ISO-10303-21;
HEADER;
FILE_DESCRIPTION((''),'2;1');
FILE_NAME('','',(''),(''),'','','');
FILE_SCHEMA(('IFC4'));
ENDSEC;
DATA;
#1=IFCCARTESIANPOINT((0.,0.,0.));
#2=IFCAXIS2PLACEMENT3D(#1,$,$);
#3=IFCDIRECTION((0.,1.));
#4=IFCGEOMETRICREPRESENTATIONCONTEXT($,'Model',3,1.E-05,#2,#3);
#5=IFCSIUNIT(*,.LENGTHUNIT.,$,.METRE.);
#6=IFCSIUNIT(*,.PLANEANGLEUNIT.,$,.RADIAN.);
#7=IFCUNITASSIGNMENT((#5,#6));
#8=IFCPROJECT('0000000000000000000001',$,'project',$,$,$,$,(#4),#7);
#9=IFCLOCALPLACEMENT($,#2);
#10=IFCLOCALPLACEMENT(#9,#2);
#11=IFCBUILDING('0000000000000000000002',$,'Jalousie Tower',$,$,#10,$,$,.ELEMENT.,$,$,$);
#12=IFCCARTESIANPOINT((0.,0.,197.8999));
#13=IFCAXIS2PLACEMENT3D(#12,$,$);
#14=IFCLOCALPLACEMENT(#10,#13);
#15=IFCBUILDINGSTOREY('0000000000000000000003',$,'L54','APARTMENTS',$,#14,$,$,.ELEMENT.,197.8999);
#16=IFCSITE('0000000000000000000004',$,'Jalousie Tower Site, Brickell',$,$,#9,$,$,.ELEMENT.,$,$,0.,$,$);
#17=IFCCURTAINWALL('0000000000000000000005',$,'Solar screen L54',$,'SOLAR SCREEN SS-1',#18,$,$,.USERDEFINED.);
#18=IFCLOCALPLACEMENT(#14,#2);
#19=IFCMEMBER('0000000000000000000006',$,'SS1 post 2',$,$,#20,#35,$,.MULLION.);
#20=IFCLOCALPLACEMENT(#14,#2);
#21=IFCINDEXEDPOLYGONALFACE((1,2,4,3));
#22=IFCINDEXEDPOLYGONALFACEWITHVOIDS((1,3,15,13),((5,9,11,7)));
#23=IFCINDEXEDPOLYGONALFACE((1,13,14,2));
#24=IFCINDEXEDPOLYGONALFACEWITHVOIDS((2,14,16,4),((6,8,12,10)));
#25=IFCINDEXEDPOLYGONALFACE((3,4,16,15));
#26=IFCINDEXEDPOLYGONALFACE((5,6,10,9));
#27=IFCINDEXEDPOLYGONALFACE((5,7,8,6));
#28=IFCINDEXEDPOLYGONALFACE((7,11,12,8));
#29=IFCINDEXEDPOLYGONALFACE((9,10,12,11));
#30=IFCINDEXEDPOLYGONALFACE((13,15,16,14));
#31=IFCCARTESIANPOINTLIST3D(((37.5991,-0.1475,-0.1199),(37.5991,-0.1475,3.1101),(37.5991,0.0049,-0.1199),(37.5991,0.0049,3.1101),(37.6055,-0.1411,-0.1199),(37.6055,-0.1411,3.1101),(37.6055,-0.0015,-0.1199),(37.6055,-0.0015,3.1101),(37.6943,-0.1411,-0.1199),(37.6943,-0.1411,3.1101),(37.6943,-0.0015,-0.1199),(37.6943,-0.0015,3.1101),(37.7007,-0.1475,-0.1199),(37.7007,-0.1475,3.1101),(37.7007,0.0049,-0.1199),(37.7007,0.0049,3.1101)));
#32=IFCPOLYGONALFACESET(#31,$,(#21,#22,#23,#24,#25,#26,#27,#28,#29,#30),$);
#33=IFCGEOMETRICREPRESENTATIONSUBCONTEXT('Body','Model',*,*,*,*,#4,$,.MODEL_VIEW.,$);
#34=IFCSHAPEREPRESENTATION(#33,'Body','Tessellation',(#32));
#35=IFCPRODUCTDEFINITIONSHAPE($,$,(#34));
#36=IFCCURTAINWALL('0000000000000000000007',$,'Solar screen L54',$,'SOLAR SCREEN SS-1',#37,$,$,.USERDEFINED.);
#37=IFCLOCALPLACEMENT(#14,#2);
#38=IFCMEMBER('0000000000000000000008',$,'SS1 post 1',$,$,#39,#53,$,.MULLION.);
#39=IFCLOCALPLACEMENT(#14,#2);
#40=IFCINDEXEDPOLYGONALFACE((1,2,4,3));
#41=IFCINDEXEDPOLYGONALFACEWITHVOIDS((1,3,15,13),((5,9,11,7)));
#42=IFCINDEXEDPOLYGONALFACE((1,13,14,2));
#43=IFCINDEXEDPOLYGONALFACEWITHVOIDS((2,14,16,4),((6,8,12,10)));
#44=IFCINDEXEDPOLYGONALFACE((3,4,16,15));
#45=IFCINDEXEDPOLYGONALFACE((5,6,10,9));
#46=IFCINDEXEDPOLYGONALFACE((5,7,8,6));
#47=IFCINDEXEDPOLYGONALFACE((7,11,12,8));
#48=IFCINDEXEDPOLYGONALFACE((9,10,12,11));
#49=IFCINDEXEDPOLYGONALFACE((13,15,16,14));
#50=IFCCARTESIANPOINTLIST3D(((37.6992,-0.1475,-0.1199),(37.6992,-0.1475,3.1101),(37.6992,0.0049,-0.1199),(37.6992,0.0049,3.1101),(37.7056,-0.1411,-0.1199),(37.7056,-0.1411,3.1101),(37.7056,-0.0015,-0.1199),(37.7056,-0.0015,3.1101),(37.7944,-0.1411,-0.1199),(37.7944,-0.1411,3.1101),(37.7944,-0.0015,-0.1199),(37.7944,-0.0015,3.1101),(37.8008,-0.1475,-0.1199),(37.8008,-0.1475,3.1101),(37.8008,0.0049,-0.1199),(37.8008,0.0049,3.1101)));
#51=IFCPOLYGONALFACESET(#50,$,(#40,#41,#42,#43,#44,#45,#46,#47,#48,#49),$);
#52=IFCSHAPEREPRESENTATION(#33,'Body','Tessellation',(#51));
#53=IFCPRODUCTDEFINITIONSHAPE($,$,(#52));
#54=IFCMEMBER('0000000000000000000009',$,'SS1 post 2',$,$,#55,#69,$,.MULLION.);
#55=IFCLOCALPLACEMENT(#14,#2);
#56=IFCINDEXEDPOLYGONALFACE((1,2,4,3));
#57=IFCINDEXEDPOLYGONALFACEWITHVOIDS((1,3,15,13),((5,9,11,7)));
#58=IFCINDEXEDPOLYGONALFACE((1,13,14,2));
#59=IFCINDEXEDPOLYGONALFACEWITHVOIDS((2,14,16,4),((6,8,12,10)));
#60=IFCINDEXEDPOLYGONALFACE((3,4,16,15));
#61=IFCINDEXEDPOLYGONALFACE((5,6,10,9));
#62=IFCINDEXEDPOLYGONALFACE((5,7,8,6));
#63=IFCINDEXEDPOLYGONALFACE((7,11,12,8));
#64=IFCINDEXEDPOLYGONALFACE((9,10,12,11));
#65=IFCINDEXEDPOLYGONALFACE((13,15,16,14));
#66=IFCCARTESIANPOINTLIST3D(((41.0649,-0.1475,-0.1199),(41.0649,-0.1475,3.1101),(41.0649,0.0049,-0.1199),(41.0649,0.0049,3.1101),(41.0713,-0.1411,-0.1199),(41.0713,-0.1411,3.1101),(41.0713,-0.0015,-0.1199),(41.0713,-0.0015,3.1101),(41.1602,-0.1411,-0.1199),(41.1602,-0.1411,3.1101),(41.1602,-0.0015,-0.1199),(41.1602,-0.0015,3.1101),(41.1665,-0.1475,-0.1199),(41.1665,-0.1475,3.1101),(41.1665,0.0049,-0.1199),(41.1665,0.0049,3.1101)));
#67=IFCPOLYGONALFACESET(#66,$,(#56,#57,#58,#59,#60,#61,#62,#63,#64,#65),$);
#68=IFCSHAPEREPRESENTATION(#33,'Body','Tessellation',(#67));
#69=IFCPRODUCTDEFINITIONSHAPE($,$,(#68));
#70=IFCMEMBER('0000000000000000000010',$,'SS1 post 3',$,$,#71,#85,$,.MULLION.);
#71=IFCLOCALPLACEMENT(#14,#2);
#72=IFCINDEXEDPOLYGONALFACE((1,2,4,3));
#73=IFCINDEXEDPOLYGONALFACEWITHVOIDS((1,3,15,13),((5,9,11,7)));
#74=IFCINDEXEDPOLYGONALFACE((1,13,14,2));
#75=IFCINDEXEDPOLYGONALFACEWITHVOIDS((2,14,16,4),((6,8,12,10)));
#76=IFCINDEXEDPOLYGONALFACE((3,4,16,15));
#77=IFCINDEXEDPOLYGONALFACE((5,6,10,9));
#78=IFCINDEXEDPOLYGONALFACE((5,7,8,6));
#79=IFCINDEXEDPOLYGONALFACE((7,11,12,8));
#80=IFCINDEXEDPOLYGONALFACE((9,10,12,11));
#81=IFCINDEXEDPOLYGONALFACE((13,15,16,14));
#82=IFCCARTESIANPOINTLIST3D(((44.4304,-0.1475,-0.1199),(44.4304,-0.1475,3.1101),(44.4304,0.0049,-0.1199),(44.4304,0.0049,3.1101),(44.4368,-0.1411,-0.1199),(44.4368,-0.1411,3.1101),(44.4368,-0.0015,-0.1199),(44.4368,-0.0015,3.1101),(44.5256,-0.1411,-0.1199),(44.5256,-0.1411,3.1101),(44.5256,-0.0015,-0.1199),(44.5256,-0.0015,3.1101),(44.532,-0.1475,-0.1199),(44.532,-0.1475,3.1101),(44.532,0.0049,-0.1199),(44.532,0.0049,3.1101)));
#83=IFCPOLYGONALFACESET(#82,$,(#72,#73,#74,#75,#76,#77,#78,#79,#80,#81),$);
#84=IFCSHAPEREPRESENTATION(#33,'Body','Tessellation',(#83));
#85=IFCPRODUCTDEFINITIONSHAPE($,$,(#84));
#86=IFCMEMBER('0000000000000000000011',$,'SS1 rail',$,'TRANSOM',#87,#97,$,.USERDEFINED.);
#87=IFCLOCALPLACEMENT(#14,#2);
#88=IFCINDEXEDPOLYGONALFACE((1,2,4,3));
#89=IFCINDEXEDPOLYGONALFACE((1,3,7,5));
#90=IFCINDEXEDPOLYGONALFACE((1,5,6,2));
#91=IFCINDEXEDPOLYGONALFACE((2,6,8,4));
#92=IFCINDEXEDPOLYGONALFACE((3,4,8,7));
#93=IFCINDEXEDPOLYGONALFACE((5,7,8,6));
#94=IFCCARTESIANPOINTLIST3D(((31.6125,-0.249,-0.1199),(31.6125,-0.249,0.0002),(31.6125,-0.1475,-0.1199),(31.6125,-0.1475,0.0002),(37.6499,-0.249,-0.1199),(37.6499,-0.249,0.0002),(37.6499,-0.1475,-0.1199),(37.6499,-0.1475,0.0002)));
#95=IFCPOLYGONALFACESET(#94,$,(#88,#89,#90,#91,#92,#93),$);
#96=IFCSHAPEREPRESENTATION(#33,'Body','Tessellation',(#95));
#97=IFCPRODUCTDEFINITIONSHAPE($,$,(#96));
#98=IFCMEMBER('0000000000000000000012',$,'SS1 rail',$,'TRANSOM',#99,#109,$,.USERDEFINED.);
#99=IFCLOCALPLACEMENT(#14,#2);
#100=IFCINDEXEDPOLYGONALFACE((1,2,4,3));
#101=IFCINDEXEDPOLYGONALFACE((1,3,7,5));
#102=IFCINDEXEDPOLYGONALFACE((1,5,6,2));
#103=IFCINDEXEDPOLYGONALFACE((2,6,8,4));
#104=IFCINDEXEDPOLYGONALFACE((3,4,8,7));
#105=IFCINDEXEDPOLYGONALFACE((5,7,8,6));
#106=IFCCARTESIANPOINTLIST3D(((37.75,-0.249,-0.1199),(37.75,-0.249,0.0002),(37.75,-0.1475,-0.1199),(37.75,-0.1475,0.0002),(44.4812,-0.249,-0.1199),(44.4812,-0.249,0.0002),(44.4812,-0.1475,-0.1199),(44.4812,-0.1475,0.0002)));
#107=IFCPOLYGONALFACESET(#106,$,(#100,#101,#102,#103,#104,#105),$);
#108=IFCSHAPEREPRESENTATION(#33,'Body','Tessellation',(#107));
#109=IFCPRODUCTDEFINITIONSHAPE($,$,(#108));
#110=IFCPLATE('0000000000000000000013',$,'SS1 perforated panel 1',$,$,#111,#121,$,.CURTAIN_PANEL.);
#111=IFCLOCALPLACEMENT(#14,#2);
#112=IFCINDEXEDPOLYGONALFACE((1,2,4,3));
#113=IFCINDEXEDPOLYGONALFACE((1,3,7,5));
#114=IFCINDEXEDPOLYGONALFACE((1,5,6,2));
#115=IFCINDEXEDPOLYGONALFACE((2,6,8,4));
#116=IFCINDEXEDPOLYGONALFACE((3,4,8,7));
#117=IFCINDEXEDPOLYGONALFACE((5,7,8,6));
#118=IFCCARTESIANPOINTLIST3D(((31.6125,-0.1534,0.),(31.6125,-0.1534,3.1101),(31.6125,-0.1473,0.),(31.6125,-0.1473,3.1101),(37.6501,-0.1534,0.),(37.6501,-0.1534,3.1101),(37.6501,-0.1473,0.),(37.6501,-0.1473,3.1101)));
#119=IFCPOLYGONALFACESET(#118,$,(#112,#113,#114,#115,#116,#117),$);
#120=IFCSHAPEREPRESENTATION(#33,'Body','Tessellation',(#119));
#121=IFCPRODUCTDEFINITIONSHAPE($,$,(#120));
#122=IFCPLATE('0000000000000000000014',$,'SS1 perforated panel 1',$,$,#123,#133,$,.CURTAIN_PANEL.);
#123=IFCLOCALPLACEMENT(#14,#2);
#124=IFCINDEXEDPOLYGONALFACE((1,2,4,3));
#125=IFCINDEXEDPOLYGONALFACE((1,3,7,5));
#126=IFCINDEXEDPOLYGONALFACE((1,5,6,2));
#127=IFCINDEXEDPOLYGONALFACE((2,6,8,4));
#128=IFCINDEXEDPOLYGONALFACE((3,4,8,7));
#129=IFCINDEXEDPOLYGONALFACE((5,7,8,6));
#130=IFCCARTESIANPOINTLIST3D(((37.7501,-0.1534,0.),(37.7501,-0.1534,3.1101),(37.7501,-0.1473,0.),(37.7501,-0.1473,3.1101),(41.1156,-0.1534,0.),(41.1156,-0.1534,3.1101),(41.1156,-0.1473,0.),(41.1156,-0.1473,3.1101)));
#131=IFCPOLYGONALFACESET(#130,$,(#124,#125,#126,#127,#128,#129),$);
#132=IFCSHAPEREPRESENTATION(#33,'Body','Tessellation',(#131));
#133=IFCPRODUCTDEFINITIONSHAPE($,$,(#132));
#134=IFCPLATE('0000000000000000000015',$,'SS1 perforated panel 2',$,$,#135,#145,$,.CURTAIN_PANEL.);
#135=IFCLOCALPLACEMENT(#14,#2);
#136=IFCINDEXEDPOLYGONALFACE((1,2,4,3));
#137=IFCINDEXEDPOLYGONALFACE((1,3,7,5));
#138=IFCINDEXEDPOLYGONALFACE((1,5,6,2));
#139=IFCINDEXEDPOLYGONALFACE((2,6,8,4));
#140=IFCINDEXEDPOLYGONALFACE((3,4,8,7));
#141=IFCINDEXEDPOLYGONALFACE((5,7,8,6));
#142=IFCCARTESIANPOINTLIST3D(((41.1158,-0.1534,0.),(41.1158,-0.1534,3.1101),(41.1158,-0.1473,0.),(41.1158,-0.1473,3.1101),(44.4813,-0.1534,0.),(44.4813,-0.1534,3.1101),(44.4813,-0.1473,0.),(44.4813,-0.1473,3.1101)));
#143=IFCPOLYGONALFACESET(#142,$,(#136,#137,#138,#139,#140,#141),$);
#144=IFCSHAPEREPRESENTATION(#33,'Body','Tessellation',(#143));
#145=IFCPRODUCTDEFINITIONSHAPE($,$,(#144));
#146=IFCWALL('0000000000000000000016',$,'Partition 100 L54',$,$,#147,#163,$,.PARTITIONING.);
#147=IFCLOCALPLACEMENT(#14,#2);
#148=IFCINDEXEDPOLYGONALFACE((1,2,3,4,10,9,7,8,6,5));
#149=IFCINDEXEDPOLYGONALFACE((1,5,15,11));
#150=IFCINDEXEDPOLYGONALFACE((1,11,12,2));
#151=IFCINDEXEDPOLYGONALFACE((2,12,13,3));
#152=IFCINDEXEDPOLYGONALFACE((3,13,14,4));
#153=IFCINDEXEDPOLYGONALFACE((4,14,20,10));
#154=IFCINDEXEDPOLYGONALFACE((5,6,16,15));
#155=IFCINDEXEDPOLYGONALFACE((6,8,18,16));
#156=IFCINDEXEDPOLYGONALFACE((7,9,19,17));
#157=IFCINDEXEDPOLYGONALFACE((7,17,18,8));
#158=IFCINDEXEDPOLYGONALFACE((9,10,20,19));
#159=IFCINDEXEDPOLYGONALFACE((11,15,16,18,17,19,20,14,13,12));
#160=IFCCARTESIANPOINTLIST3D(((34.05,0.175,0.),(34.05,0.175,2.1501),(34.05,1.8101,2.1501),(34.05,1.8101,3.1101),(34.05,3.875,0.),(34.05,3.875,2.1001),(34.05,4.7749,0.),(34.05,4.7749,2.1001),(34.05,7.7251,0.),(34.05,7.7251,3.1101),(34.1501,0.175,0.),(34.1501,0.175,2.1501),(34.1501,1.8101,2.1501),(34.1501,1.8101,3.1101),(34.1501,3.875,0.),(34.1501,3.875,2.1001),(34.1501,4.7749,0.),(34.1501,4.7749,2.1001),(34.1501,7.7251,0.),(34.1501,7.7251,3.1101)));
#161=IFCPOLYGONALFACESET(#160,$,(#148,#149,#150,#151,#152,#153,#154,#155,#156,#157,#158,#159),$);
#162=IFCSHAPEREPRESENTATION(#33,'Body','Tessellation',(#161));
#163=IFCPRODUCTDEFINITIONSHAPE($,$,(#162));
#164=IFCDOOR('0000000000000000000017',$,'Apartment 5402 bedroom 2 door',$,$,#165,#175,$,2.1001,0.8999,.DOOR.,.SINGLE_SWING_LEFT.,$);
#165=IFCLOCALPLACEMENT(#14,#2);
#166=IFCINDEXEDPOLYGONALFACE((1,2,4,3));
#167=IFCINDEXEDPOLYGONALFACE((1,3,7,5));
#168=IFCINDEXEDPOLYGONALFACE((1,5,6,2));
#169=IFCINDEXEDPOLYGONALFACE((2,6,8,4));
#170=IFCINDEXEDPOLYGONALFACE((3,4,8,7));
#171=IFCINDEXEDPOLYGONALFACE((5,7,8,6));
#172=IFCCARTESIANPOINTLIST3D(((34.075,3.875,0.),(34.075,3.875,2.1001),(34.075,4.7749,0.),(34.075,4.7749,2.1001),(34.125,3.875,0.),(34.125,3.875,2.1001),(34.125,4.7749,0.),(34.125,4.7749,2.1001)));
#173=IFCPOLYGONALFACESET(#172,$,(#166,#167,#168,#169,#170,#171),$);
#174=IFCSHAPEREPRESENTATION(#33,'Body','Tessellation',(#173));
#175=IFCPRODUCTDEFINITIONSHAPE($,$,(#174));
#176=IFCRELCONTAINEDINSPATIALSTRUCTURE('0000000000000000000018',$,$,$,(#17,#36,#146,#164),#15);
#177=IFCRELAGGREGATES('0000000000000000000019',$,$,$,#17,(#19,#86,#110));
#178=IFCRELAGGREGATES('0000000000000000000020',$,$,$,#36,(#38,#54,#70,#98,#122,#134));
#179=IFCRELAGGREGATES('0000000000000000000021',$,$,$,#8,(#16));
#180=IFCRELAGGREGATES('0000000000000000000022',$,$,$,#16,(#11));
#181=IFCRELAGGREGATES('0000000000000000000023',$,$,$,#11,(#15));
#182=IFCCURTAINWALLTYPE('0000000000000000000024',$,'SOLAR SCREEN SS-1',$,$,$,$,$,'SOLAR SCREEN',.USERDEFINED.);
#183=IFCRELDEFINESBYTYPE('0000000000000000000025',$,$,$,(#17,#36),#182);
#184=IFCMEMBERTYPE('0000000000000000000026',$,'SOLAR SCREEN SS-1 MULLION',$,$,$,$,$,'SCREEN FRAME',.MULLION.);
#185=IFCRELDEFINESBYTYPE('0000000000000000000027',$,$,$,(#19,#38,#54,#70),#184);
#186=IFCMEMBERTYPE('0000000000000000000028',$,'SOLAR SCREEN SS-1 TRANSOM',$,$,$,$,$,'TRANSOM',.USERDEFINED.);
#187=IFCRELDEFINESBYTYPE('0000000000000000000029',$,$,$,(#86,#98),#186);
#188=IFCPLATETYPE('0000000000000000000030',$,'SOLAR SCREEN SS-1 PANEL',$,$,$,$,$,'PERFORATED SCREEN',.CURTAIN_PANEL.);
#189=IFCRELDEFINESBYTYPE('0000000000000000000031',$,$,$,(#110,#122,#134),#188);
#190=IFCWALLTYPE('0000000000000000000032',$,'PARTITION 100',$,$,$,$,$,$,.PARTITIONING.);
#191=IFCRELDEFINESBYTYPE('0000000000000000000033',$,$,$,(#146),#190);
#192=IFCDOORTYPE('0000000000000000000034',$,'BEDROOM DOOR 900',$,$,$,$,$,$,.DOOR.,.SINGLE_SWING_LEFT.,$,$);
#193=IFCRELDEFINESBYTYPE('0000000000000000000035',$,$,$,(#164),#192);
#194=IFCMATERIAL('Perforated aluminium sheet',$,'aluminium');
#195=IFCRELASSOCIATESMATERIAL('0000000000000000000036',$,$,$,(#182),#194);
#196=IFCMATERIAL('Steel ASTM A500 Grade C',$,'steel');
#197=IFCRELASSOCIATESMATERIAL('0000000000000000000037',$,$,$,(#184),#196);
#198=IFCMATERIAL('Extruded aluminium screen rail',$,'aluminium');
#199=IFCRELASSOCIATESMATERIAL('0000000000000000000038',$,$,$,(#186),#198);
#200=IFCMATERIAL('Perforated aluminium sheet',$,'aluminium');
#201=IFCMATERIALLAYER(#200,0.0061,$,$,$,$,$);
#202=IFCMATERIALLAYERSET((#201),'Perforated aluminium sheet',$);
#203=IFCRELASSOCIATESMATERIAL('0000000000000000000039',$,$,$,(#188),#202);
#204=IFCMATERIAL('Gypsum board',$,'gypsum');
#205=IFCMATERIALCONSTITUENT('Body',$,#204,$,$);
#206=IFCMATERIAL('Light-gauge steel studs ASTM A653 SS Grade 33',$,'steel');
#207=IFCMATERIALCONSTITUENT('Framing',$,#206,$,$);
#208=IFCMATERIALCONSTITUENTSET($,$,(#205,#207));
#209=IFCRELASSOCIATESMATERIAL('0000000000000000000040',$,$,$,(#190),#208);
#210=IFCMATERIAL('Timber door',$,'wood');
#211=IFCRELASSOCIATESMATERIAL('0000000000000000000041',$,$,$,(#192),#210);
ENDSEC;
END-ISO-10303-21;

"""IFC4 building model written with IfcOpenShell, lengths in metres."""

from ifc_helpers import new_model, si_unit, direction, frame, frame_2d, origin, origin_2d, place, context, subcontext, project, spatial, polyline, rectangle, hollow_rectangle, outline, extrude, material, layer, layer_set, constituent, constituent_set, material_profile, profile_set, type_object, element, fill, aggregate, save


model = new_model("IFC4")

# Units and contexts
model_context = context("Model", 3, precision=1e-05, world=origin(), true_north=direction((0.0, 1.0)))
body_context = subcontext(model_context, "Body", "Model", "MODEL_VIEW")
ifc_project = project(units=[si_unit("LENGTHUNIT", "METRE"), si_unit("PLANEANGLEUNIT", "RADIAN")], contexts=[model_context])

# Site, building, storey
site_placement = place(None, origin())
site = spatial("IfcSite", under=ifc_project, at=site_placement, Name="Jalousie Tower Site, Brickell", CompositionType="ELEMENT", RefElevation=0.0)
building_placement = place(site_placement, origin())
building = spatial("IfcBuilding", under=site, at=building_placement, Name="Jalousie Tower", CompositionType="ELEMENT")
storey_placement = place(building_placement, frame((0.0, 0.0, 197.8999)))
storey = spatial("IfcBuildingStorey", under=building, at=storey_placement, Name="L54", Description="APARTMENTS", CompositionType="ELEMENT", Elevation=197.8999)

# Curtain walls, members
ifc_material_1 = material(Name="Perforated aluminium sheet", Category="aluminium")
curtain_wall_type = type_object("IfcCurtainWallType", Name="SOLAR SCREEN SS-1", ElementType="SOLAR SCREEN", PredefinedType="USERDEFINED", material=ifc_material_1)
curtain_wall_1_placement = place(storey_placement, origin())
curtain_wall_1 = element("IfcCurtainWall", 1, at=curtain_wall_1_placement, inside=storey, type_object=curtain_wall_type, Name="Solar screen L54", ObjectType="SOLAR SCREEN SS-1", PredefinedType="USERDEFINED")
ifc_material_2 = material(Name="Steel ASTM A500 Grade C", Category="steel")
ifc_material_profile_1 = material_profile(ifc_material_2, hollow_rectangle(XDim=0.1016, YDim=0.1523, WallThickness=0.0063, at=origin_2d()), Name="HSS6X4X1/4")
ifc_profile_set_1 = profile_set([ifc_material_profile_1], Name="Steel ASTM A500 Grade C")
member_type_1 = type_object("IfcMemberType", Name="SOLAR SCREEN SS-1 MULLION", ElementType="SCREEN FRAME", PredefinedType="MULLION", material=ifc_profile_set_1)
member_1_placement = place(storey_placement, frame((37.6499, -0.0713, -0.1199), z_axis=(0.0, 0.0, 1.0), x_axis=(1.0, 0.0, 0.0)))
member_1 = element("IfcMember", 2, at=member_1_placement, type_object=member_type_1, Name="SS1 post 2", PredefinedType="MULLION", context=body_context, shape_type="SweptSolid", body=[
    extrude(hollow_rectangle(XDim=0.1016, YDim=0.1523, WallThickness=0.0063, at=origin_2d()), origin(), (0.0, 0.0, 1.0), 3.23),
])
curtain_wall_2_placement = place(storey_placement, origin())
curtain_wall_2 = element("IfcCurtainWall", 3, at=curtain_wall_2_placement, inside=storey, type_object=curtain_wall_type, Name="Solar screen L54", ObjectType="SOLAR SCREEN SS-1", PredefinedType="USERDEFINED")
member_2_placement = place(storey_placement, frame((37.75, -0.0713, -0.1199), z_axis=(0.0, 0.0, 1.0), x_axis=(1.0, 0.0, 0.0)))
member_2 = element("IfcMember", 4, at=member_2_placement, type_object=member_type_1, Name="SS1 post 1", PredefinedType="MULLION", context=body_context, shape_type="SweptSolid", body=[
    extrude(hollow_rectangle(XDim=0.1016, YDim=0.1523, WallThickness=0.0063, at=origin_2d()), origin(), (0.0, 0.0, 1.0), 3.23),
])
member_3_placement = place(storey_placement, frame((41.1157, -0.0713, -0.1199), z_axis=(0.0, 0.0, 1.0), x_axis=(1.0, 0.0, 0.0)))
member_3 = element("IfcMember", 5, at=member_3_placement, type_object=member_type_1, Name="SS1 post 2", PredefinedType="MULLION", context=body_context, shape_type="SweptSolid", body=[
    extrude(hollow_rectangle(XDim=0.1016, YDim=0.1523, WallThickness=0.0063, at=origin_2d()), origin(), (0.0, 0.0, 1.0), 3.23),
])
member_4_placement = place(storey_placement, frame((44.4812, -0.0713, -0.1199), z_axis=(0.0, 0.0, 1.0), x_axis=(1.0, 0.0, 0.0)))
member_4 = element("IfcMember", 6, at=member_4_placement, type_object=member_type_1, Name="SS1 post 3", PredefinedType="MULLION", context=body_context, shape_type="SweptSolid", body=[
    extrude(hollow_rectangle(XDim=0.1016, YDim=0.1523, WallThickness=0.0063, at=origin_2d()), origin(), (0.0, 0.0, 1.0), 3.23),
])

# Members
ifc_material_3 = material(Name="Extruded aluminium screen rail", Category="aluminium")
ifc_material_profile_2 = material_profile(ifc_material_3, rectangle(XDim=0.1016, YDim=0.1201, at=origin_2d()), Name="RAIL 102x120")
ifc_profile_set_2 = profile_set([ifc_material_profile_2], Name="Extruded aluminium screen rail")
member_type_2 = type_object("IfcMemberType", Name="SOLAR SCREEN SS-1 TRANSOM", ElementType="TRANSOM", PredefinedType="USERDEFINED", material=ifc_profile_set_2)
member_5_placement = place(storey_placement, frame((31.6125, -0.1982, -0.0598), z_axis=(1.0, 0.0, 0.0), x_axis=(0.0, 1.0, 0.0)))
member_5 = element("IfcMember", 7, at=member_5_placement, type_object=member_type_2, Name="SS1 rail", ObjectType="TRANSOM", PredefinedType="USERDEFINED", context=body_context, shape_type="SweptSolid", body=[
    extrude(rectangle(XDim=0.1016, YDim=0.1201, at=origin_2d()), origin(), (0.0, 0.0, 1.0), 6.0374),
])
member_6_placement = place(storey_placement, frame((37.75, -0.1982, -0.0598), z_axis=(1.0, 0.0, 0.0), x_axis=(0.0, 1.0, 0.0)))
member_6 = element("IfcMember", 8, at=member_6_placement, type_object=member_type_2, Name="SS1 rail", ObjectType="TRANSOM", PredefinedType="USERDEFINED", context=body_context, shape_type="SweptSolid", body=[
    extrude(rectangle(XDim=0.1016, YDim=0.1201, at=origin_2d()), origin(), (0.0, 0.0, 1.0), 6.7312),
])

# Plates
ifc_material_4 = material(Name="Perforated aluminium sheet", Category="aluminium")
ifc_layer = layer(ifc_material_4, 0.0061)
ifc_layer_set = layer_set([ifc_layer], Name="Perforated aluminium sheet")
plate_type = type_object("IfcPlateType", Name="SOLAR SCREEN SS-1 PANEL", ElementType="PERFORATED SCREEN", PredefinedType="CURTAIN_PANEL", material=ifc_layer_set)
plate_1_placement = place(storey_placement, frame((34.6313, -0.1504, 0.0), z_axis=(0.0, 0.0, 1.0), x_axis=(1.0, 0.0, 0.0)))
plate_1 = element("IfcPlate", 9, at=plate_1_placement, type_object=plate_type, Name="SS1 perforated panel 1", PredefinedType="CURTAIN_PANEL", context=body_context, shape_type="SweptSolid", body=[
    extrude(rectangle(XDim=6.0376, YDim=0.0061, at=origin_2d()), origin(), (0.0, 0.0, 1.0), 3.1101),
])
aggregate(curtain_wall_1, [member_1, member_5, plate_1])
plate_2_placement = place(storey_placement, frame((39.4329, -0.1504, 0.0), z_axis=(0.0, 0.0, 1.0), x_axis=(1.0, 0.0, 0.0)))
plate_2 = element("IfcPlate", 10, at=plate_2_placement, type_object=plate_type, Name="SS1 perforated panel 1", PredefinedType="CURTAIN_PANEL", context=body_context, shape_type="SweptSolid", body=[
    extrude(rectangle(XDim=3.3655, YDim=0.0061, at=origin_2d()), origin(), (0.0, 0.0, 1.0), 3.1101),
])
plate_3_placement = place(storey_placement, frame((42.7986, -0.1504, 0.0), z_axis=(0.0, 0.0, 1.0), x_axis=(1.0, 0.0, 0.0)))
plate_3 = element("IfcPlate", 11, at=plate_3_placement, type_object=plate_type, Name="SS1 perforated panel 2", PredefinedType="CURTAIN_PANEL", context=body_context, shape_type="SweptSolid", body=[
    extrude(rectangle(XDim=3.3655, YDim=0.0061, at=origin_2d()), origin(), (0.0, 0.0, 1.0), 3.1101),
])
aggregate(curtain_wall_2, [member_2, member_3, member_4, member_6, plate_2, plate_3])

# Wall, opening, door
ifc_material_5 = material(Name="Gypsum board", Category="gypsum")
ifc_constituent_1 = constituent(ifc_material_5, Name="Body")
ifc_material_6 = material(Name="Light-gauge steel studs ASTM A653 SS Grade 33", Category="steel")
ifc_constituent_2 = constituent(ifc_material_6, Name="Framing")
ifc_constituent_set_1 = constituent_set(constituents=[ifc_constituent_1, ifc_constituent_2])
wall_type_1 = type_object("IfcWallType", Name="PARTITION 100", PredefinedType="PARTITIONING", material=ifc_constituent_set_1)
wall_1_placement = place(storey_placement, frame((34.1001, 0.175, 0.0), z_axis=(0.0, 0.0, 1.0), x_axis=(0.0, 1.0, 0.0)))
wall_1 = element("IfcWall", 12, at=wall_1_placement, inside=storey, type_object=wall_type_1, Name="Partition 100 L54", PredefinedType="PARTITIONING", context=body_context, shape_type="SweptSolid", body=[
    extrude(outline(polyline([(0.0, 0.0), (7.55, 0.0), (7.55, 3.1101), (1.635, 3.1101), (1.635, 2.1501), (0.0, 2.1501), (0.0, 3.1101), (0.0, 0.0)])), frame((0.0, 0.05, 0.0), z_axis=(0.0, -1.0, 0.0), x_axis=(1.0, 0.0, 0.0)), (0.0, 0.0, 1.0), 0.1001),
])
opening_1_placement = place(wall_1_placement, frame((3.7, 0.0, 0.0)))
opening_1 = element("IfcOpeningElement", 13, at=opening_1_placement, cuts=wall_1, PredefinedType="OPENING", context=body_context, shape_type="SweptSolid", body=[
    extrude(rectangle(XDim=0.8999, YDim=2.1001, at=frame_2d((0.45, 1.05))), frame((0.0, 0.0601, 0.0), z_axis=(0.0, -1.0, 0.0), x_axis=(1.0, 0.0, 0.0)), (0.0, 0.0, 1.0), 0.1201),
])
ifc_material_7 = material(Name="Timber door", Category="wood")
door_type = type_object("IfcDoorType", Name="BEDROOM DOOR 900", OperationType="SINGLE_SWING_LEFT", PredefinedType="DOOR", material=ifc_material_7)
door_1_placement = place(opening_1_placement, frame((0.8999, 0.0, 0.0), z_axis=(0.0, 0.0, 1.0), x_axis=(-1.0, 0.0, 0.0)))
door_1 = element("IfcDoor", 14, at=door_1_placement, inside=storey, type_object=door_type, Name="Apartment 5402 bedroom 2 door", OperationType="SINGLE_SWING_LEFT", OverallHeight=2.1001, OverallWidth=0.8999, PredefinedType="DOOR", context=body_context, shape_type="SweptSolid", body=[
    extrude(rectangle(XDim=0.8999, YDim=2.1001, at=frame_2d((0.45, 1.05))), frame((0.0, 0.0249, 0.0), z_axis=(0.0, -1.0, 0.0), x_axis=(1.0, 0.0, 0.0)), (0.0, 0.0, 1.0), 0.05),
])
fill(opening_1, door_1)

save(model, "model.ifc")
